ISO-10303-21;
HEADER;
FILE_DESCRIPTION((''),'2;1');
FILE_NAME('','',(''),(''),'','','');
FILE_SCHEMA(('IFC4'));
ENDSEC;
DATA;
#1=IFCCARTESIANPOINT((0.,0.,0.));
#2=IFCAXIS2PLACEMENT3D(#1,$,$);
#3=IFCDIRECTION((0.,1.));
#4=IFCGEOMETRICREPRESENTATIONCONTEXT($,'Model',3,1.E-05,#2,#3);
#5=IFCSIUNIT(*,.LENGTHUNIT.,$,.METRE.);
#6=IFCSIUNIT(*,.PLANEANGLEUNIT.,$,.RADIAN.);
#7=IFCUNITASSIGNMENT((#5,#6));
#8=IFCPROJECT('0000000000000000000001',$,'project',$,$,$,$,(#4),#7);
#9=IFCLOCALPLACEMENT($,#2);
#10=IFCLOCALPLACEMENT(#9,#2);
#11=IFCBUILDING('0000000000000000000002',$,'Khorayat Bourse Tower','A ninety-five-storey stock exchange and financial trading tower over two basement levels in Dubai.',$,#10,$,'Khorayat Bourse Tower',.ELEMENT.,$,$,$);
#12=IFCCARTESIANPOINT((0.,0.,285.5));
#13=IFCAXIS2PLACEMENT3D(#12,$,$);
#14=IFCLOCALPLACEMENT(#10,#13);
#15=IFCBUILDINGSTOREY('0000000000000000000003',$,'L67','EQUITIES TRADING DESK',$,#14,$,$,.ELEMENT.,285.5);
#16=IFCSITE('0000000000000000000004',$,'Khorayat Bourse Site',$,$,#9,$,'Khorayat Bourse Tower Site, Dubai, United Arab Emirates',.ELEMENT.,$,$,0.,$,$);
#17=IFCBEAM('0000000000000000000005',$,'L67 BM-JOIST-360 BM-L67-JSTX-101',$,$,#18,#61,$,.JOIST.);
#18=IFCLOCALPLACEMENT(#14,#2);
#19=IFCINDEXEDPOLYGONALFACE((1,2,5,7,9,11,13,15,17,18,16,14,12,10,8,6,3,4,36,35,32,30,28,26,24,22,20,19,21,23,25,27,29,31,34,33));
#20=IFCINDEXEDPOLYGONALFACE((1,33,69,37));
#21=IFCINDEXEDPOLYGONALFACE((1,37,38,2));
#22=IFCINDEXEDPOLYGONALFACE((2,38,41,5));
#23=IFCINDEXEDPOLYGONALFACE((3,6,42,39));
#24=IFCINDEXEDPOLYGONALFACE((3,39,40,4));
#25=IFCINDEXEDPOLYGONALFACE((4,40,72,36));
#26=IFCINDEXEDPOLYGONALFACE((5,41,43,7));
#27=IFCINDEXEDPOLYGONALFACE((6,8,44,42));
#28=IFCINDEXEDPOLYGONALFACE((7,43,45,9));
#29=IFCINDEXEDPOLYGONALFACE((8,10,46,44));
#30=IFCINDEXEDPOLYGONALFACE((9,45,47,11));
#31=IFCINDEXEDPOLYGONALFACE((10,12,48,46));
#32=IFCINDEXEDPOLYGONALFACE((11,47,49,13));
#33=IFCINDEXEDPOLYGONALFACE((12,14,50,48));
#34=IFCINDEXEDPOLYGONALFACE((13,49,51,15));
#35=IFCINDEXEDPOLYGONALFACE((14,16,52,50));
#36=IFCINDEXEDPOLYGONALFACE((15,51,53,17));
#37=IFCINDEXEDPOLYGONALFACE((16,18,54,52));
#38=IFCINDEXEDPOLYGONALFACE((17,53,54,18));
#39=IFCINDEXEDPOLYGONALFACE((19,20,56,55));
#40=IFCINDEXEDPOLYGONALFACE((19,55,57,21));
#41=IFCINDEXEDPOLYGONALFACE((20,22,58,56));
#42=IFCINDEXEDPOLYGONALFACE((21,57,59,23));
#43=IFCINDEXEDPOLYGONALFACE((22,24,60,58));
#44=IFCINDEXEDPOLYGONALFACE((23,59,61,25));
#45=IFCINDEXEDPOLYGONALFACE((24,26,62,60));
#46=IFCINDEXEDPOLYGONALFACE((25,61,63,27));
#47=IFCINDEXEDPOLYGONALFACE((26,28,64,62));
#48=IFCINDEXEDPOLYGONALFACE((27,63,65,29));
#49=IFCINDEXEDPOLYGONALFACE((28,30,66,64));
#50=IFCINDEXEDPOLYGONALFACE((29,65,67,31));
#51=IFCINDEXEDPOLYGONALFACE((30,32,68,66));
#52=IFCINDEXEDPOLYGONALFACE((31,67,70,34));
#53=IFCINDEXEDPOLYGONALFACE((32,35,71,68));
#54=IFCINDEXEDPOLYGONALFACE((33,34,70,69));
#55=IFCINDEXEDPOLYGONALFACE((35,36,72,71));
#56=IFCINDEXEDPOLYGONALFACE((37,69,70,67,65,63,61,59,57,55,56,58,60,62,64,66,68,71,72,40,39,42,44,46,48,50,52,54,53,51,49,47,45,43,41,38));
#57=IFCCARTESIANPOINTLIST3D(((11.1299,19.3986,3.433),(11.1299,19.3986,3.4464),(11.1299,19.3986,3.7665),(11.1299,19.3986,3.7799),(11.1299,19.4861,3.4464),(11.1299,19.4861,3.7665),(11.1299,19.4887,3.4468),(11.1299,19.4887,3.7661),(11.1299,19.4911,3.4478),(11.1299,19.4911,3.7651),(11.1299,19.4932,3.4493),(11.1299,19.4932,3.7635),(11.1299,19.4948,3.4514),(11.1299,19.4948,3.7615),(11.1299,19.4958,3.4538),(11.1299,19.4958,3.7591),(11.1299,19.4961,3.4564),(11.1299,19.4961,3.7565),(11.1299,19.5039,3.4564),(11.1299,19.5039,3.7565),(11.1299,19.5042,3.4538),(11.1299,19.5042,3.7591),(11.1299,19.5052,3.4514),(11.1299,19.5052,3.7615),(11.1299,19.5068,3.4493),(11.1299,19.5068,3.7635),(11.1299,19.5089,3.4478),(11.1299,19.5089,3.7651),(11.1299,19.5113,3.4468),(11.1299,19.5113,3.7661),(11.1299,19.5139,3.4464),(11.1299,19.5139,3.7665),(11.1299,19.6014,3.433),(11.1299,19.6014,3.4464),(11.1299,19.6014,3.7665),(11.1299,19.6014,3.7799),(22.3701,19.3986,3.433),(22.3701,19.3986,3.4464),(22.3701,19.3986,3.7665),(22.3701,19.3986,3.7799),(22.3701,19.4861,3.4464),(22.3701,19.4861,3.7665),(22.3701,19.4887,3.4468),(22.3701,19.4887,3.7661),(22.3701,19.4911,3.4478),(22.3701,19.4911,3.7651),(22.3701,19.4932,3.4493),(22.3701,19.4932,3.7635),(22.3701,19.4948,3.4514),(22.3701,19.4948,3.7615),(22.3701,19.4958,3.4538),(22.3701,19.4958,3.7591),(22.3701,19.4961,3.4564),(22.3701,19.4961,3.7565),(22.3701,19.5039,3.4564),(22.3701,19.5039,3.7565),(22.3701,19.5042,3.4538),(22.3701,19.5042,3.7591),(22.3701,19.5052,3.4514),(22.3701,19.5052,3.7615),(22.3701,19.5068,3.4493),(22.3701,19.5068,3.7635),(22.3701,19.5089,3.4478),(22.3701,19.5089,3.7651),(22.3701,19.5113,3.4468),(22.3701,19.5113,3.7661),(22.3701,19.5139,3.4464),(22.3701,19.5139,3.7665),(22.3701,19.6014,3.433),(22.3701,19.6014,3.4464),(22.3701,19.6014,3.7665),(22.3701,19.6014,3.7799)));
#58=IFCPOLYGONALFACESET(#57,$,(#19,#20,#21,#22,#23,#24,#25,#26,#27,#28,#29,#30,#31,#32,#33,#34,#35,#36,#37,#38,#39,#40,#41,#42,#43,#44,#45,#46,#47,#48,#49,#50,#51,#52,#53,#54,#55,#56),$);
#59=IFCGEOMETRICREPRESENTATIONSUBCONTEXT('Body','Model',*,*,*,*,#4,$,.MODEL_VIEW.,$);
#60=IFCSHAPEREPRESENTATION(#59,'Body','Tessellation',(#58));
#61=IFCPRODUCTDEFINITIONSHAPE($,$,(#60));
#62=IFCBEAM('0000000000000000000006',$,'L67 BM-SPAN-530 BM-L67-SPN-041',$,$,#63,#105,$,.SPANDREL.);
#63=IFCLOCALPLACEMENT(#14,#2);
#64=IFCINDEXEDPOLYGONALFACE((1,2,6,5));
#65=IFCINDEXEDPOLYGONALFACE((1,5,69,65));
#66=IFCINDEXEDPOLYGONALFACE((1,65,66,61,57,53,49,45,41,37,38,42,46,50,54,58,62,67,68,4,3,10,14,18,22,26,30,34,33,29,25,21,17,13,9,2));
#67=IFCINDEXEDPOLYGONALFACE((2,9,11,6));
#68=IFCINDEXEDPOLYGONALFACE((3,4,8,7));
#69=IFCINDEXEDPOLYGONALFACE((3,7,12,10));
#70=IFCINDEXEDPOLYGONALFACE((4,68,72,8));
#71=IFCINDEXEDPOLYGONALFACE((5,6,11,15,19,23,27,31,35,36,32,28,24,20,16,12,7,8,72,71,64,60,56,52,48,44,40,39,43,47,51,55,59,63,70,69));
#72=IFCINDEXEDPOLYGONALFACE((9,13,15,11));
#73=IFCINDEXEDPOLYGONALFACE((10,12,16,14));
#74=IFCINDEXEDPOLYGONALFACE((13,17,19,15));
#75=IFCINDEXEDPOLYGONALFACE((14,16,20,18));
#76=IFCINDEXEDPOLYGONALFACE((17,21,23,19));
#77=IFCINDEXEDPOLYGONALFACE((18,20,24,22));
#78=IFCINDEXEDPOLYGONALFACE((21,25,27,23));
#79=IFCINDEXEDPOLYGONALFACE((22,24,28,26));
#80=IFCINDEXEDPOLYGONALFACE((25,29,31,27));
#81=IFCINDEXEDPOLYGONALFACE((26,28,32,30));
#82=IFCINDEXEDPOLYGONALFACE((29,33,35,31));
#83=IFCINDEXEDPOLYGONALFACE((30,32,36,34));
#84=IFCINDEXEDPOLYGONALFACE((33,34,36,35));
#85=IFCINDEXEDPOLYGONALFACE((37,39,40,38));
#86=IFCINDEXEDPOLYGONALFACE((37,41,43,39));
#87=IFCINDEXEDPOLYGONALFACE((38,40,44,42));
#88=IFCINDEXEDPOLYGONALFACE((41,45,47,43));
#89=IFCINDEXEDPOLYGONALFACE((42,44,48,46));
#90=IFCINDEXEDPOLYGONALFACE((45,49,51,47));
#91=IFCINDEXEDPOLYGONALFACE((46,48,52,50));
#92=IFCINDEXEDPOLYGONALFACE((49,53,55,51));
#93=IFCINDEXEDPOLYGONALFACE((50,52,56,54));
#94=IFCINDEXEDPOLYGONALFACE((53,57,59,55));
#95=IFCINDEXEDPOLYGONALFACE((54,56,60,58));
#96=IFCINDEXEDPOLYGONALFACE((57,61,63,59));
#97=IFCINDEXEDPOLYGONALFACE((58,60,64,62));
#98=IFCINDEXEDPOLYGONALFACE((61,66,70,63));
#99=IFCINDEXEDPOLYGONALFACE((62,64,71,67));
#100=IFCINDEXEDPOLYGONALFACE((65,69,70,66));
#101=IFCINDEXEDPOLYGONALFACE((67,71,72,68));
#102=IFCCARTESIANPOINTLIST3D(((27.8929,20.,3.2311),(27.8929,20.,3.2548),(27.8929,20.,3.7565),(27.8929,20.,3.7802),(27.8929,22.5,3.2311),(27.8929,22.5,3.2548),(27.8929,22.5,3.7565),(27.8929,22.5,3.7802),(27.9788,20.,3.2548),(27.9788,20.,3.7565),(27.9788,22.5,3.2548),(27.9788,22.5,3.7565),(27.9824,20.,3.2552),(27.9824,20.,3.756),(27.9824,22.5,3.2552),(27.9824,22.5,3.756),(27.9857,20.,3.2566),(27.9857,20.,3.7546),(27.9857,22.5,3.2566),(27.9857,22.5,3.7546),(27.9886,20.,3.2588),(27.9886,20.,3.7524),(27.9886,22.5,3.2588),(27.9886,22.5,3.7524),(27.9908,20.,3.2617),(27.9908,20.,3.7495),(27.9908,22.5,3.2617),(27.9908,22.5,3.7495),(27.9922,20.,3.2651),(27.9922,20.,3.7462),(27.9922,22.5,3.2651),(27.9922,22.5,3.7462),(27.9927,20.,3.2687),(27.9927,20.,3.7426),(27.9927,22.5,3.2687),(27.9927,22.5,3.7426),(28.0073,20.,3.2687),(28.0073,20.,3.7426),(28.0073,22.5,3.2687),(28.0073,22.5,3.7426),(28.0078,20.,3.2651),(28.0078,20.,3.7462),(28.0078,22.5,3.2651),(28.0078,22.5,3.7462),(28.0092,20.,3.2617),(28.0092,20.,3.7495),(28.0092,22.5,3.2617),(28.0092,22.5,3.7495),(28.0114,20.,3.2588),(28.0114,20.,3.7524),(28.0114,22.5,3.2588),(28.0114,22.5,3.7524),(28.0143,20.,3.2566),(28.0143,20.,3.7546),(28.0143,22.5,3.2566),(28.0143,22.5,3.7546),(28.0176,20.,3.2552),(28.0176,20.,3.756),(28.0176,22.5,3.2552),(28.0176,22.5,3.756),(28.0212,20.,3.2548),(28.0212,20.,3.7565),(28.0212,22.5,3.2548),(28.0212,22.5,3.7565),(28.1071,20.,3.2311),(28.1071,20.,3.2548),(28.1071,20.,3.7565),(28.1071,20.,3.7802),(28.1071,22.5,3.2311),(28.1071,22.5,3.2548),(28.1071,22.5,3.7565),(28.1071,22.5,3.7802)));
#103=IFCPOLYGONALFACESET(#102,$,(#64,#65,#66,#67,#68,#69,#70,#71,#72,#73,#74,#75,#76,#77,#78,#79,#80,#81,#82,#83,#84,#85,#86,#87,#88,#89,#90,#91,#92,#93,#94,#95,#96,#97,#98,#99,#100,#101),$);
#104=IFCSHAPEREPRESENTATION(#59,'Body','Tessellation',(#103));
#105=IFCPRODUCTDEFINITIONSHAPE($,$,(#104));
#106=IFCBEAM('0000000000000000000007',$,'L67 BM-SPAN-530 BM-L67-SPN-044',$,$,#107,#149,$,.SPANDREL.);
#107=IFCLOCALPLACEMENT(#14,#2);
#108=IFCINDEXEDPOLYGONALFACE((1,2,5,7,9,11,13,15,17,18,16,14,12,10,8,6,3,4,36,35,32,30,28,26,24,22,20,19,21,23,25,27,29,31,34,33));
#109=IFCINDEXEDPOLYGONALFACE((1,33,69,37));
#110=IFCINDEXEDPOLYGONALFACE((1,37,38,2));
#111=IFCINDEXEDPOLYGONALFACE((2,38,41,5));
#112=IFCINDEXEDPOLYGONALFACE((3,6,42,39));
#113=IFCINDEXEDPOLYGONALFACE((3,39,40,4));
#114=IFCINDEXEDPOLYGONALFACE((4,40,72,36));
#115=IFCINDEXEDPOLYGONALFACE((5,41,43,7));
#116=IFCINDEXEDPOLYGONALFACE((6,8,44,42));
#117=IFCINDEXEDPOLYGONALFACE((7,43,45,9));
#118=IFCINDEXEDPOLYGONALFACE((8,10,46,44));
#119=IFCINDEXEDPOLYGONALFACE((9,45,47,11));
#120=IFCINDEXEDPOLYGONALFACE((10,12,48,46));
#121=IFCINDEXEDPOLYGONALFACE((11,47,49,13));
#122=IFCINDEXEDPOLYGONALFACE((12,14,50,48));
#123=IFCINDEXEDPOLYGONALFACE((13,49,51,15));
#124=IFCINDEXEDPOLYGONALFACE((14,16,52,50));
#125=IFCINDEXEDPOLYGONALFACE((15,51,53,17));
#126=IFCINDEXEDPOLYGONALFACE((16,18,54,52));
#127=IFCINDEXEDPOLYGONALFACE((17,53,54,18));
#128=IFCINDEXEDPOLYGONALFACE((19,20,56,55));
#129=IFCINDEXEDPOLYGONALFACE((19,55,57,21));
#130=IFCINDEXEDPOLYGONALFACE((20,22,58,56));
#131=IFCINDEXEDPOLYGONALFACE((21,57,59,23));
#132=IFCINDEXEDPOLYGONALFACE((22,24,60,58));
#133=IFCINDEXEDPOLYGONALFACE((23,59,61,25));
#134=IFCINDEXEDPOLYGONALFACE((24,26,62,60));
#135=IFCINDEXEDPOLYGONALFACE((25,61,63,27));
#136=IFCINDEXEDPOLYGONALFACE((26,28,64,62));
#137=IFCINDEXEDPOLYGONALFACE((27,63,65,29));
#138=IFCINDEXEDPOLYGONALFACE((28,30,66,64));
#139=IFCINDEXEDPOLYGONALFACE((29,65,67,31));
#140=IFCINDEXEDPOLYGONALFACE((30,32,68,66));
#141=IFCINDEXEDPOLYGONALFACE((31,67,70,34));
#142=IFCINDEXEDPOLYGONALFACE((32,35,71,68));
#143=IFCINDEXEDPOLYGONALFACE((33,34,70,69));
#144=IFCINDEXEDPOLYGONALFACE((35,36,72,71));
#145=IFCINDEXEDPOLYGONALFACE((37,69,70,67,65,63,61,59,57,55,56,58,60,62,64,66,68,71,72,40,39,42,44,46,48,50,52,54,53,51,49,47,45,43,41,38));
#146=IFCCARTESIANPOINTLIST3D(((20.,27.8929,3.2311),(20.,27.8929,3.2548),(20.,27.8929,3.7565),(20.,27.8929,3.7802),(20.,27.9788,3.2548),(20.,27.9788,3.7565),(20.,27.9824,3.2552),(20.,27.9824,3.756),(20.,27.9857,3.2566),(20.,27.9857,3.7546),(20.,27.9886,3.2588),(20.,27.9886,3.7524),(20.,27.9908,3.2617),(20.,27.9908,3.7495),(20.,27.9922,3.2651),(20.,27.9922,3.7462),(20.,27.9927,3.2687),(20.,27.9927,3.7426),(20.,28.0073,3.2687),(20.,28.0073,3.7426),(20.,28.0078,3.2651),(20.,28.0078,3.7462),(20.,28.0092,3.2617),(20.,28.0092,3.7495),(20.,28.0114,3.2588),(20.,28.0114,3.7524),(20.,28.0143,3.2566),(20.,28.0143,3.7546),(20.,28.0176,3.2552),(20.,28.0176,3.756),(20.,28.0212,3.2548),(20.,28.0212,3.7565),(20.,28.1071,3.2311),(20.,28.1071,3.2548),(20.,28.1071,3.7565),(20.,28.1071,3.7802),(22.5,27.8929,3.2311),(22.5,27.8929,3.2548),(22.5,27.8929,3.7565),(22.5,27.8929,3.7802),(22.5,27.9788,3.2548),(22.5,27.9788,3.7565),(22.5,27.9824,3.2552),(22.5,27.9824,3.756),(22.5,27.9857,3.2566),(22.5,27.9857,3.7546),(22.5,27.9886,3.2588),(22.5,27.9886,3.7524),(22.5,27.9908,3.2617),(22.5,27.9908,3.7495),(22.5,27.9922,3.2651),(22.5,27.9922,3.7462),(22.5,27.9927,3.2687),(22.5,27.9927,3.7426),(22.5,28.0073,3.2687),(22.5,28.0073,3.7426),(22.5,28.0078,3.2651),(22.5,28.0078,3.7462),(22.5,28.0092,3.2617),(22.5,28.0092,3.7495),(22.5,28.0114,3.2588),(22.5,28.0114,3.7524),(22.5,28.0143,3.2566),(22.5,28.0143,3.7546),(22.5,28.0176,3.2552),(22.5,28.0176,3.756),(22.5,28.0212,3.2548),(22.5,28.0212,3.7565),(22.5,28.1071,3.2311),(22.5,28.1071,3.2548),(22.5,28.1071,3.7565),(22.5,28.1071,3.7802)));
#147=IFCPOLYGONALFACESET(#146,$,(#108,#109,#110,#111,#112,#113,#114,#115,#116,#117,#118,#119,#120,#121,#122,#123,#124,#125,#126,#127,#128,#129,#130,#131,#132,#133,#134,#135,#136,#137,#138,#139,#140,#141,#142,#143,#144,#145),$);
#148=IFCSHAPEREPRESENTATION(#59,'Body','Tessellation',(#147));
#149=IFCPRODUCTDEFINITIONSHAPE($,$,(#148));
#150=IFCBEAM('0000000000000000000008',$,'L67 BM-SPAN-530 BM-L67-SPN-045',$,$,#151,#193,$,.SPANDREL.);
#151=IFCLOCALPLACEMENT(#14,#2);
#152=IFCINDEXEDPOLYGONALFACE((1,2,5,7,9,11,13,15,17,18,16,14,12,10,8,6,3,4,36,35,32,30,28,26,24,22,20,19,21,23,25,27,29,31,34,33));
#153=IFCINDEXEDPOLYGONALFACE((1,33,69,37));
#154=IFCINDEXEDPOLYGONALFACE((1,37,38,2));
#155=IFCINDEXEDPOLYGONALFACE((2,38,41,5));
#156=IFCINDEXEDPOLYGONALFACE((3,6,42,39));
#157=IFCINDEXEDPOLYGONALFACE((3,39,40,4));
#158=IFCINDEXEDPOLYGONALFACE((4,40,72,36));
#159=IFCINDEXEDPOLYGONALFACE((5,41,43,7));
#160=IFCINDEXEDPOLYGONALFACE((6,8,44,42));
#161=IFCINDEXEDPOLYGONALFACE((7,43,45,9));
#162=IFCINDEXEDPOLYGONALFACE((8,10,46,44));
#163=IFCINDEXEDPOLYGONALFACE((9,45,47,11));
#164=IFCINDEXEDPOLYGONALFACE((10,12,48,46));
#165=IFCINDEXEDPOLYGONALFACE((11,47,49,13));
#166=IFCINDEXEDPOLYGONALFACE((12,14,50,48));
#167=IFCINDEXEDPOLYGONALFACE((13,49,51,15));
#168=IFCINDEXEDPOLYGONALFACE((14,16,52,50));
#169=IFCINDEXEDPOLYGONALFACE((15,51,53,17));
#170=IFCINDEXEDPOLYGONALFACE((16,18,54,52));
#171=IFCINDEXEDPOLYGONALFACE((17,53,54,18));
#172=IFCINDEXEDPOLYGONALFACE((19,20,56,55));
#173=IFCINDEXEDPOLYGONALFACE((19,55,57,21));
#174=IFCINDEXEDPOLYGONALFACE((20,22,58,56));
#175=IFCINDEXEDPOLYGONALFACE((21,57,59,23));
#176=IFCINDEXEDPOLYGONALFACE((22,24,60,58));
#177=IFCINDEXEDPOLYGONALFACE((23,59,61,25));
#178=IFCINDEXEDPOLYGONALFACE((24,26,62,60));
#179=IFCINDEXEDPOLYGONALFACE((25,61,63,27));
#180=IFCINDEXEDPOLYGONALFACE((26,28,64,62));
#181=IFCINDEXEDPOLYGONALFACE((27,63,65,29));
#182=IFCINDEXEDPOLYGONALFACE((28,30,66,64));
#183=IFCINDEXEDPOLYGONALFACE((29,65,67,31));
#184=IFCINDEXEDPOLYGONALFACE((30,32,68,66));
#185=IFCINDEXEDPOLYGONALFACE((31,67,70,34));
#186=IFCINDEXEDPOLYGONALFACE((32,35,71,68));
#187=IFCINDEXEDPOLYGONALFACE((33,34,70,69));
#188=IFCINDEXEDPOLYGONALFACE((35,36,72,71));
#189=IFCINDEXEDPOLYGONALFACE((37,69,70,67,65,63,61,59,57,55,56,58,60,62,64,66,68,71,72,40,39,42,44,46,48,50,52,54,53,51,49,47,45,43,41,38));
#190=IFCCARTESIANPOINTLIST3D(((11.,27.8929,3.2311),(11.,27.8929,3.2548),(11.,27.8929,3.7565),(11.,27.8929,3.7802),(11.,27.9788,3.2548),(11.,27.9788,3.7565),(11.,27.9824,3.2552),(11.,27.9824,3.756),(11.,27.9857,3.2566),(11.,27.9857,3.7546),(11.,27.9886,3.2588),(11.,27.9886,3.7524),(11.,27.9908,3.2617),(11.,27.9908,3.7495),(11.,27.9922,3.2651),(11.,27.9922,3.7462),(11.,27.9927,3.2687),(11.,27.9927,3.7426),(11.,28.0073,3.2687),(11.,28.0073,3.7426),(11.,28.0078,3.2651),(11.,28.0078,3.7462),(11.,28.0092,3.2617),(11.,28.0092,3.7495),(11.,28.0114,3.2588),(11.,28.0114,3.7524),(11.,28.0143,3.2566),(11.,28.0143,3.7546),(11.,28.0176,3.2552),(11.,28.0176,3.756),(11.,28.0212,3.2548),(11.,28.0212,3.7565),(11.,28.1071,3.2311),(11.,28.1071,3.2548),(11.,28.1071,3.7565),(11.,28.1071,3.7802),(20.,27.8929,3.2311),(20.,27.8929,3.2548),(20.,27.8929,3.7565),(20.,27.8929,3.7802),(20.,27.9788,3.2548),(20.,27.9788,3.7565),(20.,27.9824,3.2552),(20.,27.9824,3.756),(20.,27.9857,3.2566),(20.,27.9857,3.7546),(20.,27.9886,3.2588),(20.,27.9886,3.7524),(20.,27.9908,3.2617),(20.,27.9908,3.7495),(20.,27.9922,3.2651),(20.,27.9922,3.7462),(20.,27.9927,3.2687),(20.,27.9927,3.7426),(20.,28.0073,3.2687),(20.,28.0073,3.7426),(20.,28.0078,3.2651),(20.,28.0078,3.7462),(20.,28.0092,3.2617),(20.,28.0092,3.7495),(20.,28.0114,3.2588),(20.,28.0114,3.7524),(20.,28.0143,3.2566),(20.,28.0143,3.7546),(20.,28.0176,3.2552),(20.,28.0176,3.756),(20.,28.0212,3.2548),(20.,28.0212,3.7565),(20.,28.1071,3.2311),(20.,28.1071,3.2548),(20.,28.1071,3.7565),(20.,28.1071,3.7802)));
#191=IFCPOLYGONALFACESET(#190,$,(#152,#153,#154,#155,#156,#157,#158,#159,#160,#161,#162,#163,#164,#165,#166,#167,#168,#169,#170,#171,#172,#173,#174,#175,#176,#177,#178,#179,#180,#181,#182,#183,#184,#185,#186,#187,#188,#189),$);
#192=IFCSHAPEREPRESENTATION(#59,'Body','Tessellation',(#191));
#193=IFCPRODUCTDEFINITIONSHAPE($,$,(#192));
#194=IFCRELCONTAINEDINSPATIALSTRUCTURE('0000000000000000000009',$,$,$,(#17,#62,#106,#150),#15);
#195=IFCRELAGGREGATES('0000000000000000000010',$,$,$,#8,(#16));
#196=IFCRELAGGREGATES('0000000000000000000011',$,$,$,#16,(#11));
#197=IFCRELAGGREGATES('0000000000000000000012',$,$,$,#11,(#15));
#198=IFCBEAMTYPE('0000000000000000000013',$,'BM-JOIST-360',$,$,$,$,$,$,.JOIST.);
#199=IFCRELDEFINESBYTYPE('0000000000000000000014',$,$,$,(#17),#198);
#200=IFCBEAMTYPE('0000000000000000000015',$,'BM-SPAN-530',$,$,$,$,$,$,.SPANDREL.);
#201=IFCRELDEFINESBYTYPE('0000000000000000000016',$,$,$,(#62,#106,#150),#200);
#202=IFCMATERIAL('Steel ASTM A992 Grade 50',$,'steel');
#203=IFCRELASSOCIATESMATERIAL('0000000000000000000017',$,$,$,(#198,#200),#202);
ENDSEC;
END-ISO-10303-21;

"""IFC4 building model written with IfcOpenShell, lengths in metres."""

from ifc_helpers import new_model, si_unit, direction, frame, origin, origin_2d, place, context, subcontext, project, spatial, i_section, extrude, source, transform, mapped, material, material_profile, profile_set, type_object, element, save


model = new_model("IFC4")

# Units and contexts
model_context = context("Model", 3, precision=1e-05, world=origin(), true_north=direction((0.0, 1.0)))
body_context = subcontext(model_context, "Body", "Model", "MODEL_VIEW")
ifc_project = project(units=[si_unit("LENGTHUNIT", "METRE"), si_unit("PLANEANGLEUNIT", "RADIAN")], contexts=[model_context])

# Site, building, storey
site_placement = place(None, origin())
site = spatial("IfcSite", under=ifc_project, at=site_placement, Name="Khorayat Bourse Site", LongName="Khorayat Bourse Tower Site, Dubai, United Arab Emirates", CompositionType="ELEMENT", RefElevation=0.0)
building_placement = place(site_placement, origin())
building = spatial("IfcBuilding", under=site, at=building_placement, Name="Khorayat Bourse Tower", Description="A ninety-five-storey stock exchange and financial trading tower over two basement levels in Dubai.", LongName="Khorayat Bourse Tower", CompositionType="ELEMENT")
storey_placement = place(building_placement, frame((0.0, 0.0, 285.5)))
storey = spatial("IfcBuildingStorey", under=building, at=storey_placement, Name="L67", Description="EQUITIES TRADING DESK", CompositionType="ELEMENT", Elevation=285.5)

# Beams
ifc_material_1 = material(Name="Steel ASTM A992 Grade 50", Category="steel")
ifc_material_profile_1 = material_profile(ifc_material_1, i_section(OverallWidth=0.2029, OverallDepth=0.3469, WebThickness=0.0078, FlangeThickness=0.0134, FilletRadius=0.01, at=origin_2d()), Name="W360X64")
ifc_profile_set_1 = profile_set([ifc_material_profile_1], Name="Steel ASTM A992 Grade 50")
beam_type_1 = type_object("IfcBeamType", Name="BM-JOIST-360", PredefinedType="JOIST", material=ifc_profile_set_1)
shared_shape_1 = source(origin(), body_context, "Body", "SweptSolid", [
    extrude(i_section(OverallWidth=0.2029, OverallDepth=0.3469, WebThickness=0.0078, FlangeThickness=0.0134, FilletRadius=0.01, at=origin_2d()), origin(), (0.0, 0.0, 1.0), 11.2402),
])
beam_1_placement = place(storey_placement, frame((11.1299, 19.5, 3.6064), z_axis=(1.0, 0.0, 0.0), x_axis=(0.0, 1.0, 0.0)))
element("IfcBeam", 1, at=beam_1_placement, inside=storey, type_object=beam_type_1, Name="L67 BM-JOIST-360 BM-L67-JSTX-101", PredefinedType="JOIST", context=body_context, shape_type="MappedRepresentation", body=[
    mapped(shared_shape_1, transform((0.0, 0.0, 0.0), scale=1.0)),
])
ifc_material_profile_2 = material_profile(ifc_material_1, i_section(OverallWidth=0.2141, OverallDepth=0.5491, WebThickness=0.0146, FlangeThickness=0.0237, FilletRadius=0.0139, at=origin_2d()), Name="W530X138")
ifc_profile_set_2 = profile_set([ifc_material_profile_2], Name="Steel ASTM A992 Grade 50")
beam_type_2 = type_object("IfcBeamType", Name="BM-SPAN-530", PredefinedType="SPANDREL", material=ifc_profile_set_2)
shared_shape_2 = source(origin(), body_context, "Body", "SweptSolid", [
    extrude(i_section(OverallWidth=0.2141, OverallDepth=0.5491, WebThickness=0.0146, FlangeThickness=0.0237, FilletRadius=0.0139, at=origin_2d()), origin(), (0.0, 0.0, 1.0), 2.5),
])
for number, where, z_axis, x_axis, name in (
    (2, (28.0, 20.0, 3.5056), (0.0, 1.0, 0.0), (-1.0, 0.0, 0.0), "L67 BM-SPAN-530 BM-L67-SPN-041"),
    (3, (20.0, 28.0, 3.5056), (1.0, 0.0, 0.0), (0.0, 1.0, 0.0), "L67 BM-SPAN-530 BM-L67-SPN-044"),
):
    element("IfcBeam", number, at=place(storey_placement, frame(where, z_axis=z_axis, x_axis=x_axis)), inside=storey, type_object=beam_type_2, Name=name, PredefinedType="SPANDREL", context=body_context, shape_type="MappedRepresentation", body=[
        mapped(shared_shape_2, transform((0.0, 0.0, 0.0), scale=1.0)),
    ])
shared_shape_3 = source(origin(), body_context, "Body", "SweptSolid", [
    extrude(i_section(OverallWidth=0.2141, OverallDepth=0.5491, WebThickness=0.0146, FlangeThickness=0.0237, FilletRadius=0.0139, at=origin_2d()), origin(), (0.0, 0.0, 1.0), 9.0),
])
beam_2_placement = place(storey_placement, frame((11.0, 28.0, 3.5056), z_axis=(1.0, 0.0, 0.0), x_axis=(0.0, 1.0, 0.0)))
element("IfcBeam", 4, at=beam_2_placement, inside=storey, type_object=beam_type_2, Name="L67 BM-SPAN-530 BM-L67-SPN-045", PredefinedType="SPANDREL", context=body_context, shape_type="MappedRepresentation", body=[
    mapped(shared_shape_3, transform((0.0, 0.0, 0.0), scale=1.0)),
])

save(model, "model.ifc")
